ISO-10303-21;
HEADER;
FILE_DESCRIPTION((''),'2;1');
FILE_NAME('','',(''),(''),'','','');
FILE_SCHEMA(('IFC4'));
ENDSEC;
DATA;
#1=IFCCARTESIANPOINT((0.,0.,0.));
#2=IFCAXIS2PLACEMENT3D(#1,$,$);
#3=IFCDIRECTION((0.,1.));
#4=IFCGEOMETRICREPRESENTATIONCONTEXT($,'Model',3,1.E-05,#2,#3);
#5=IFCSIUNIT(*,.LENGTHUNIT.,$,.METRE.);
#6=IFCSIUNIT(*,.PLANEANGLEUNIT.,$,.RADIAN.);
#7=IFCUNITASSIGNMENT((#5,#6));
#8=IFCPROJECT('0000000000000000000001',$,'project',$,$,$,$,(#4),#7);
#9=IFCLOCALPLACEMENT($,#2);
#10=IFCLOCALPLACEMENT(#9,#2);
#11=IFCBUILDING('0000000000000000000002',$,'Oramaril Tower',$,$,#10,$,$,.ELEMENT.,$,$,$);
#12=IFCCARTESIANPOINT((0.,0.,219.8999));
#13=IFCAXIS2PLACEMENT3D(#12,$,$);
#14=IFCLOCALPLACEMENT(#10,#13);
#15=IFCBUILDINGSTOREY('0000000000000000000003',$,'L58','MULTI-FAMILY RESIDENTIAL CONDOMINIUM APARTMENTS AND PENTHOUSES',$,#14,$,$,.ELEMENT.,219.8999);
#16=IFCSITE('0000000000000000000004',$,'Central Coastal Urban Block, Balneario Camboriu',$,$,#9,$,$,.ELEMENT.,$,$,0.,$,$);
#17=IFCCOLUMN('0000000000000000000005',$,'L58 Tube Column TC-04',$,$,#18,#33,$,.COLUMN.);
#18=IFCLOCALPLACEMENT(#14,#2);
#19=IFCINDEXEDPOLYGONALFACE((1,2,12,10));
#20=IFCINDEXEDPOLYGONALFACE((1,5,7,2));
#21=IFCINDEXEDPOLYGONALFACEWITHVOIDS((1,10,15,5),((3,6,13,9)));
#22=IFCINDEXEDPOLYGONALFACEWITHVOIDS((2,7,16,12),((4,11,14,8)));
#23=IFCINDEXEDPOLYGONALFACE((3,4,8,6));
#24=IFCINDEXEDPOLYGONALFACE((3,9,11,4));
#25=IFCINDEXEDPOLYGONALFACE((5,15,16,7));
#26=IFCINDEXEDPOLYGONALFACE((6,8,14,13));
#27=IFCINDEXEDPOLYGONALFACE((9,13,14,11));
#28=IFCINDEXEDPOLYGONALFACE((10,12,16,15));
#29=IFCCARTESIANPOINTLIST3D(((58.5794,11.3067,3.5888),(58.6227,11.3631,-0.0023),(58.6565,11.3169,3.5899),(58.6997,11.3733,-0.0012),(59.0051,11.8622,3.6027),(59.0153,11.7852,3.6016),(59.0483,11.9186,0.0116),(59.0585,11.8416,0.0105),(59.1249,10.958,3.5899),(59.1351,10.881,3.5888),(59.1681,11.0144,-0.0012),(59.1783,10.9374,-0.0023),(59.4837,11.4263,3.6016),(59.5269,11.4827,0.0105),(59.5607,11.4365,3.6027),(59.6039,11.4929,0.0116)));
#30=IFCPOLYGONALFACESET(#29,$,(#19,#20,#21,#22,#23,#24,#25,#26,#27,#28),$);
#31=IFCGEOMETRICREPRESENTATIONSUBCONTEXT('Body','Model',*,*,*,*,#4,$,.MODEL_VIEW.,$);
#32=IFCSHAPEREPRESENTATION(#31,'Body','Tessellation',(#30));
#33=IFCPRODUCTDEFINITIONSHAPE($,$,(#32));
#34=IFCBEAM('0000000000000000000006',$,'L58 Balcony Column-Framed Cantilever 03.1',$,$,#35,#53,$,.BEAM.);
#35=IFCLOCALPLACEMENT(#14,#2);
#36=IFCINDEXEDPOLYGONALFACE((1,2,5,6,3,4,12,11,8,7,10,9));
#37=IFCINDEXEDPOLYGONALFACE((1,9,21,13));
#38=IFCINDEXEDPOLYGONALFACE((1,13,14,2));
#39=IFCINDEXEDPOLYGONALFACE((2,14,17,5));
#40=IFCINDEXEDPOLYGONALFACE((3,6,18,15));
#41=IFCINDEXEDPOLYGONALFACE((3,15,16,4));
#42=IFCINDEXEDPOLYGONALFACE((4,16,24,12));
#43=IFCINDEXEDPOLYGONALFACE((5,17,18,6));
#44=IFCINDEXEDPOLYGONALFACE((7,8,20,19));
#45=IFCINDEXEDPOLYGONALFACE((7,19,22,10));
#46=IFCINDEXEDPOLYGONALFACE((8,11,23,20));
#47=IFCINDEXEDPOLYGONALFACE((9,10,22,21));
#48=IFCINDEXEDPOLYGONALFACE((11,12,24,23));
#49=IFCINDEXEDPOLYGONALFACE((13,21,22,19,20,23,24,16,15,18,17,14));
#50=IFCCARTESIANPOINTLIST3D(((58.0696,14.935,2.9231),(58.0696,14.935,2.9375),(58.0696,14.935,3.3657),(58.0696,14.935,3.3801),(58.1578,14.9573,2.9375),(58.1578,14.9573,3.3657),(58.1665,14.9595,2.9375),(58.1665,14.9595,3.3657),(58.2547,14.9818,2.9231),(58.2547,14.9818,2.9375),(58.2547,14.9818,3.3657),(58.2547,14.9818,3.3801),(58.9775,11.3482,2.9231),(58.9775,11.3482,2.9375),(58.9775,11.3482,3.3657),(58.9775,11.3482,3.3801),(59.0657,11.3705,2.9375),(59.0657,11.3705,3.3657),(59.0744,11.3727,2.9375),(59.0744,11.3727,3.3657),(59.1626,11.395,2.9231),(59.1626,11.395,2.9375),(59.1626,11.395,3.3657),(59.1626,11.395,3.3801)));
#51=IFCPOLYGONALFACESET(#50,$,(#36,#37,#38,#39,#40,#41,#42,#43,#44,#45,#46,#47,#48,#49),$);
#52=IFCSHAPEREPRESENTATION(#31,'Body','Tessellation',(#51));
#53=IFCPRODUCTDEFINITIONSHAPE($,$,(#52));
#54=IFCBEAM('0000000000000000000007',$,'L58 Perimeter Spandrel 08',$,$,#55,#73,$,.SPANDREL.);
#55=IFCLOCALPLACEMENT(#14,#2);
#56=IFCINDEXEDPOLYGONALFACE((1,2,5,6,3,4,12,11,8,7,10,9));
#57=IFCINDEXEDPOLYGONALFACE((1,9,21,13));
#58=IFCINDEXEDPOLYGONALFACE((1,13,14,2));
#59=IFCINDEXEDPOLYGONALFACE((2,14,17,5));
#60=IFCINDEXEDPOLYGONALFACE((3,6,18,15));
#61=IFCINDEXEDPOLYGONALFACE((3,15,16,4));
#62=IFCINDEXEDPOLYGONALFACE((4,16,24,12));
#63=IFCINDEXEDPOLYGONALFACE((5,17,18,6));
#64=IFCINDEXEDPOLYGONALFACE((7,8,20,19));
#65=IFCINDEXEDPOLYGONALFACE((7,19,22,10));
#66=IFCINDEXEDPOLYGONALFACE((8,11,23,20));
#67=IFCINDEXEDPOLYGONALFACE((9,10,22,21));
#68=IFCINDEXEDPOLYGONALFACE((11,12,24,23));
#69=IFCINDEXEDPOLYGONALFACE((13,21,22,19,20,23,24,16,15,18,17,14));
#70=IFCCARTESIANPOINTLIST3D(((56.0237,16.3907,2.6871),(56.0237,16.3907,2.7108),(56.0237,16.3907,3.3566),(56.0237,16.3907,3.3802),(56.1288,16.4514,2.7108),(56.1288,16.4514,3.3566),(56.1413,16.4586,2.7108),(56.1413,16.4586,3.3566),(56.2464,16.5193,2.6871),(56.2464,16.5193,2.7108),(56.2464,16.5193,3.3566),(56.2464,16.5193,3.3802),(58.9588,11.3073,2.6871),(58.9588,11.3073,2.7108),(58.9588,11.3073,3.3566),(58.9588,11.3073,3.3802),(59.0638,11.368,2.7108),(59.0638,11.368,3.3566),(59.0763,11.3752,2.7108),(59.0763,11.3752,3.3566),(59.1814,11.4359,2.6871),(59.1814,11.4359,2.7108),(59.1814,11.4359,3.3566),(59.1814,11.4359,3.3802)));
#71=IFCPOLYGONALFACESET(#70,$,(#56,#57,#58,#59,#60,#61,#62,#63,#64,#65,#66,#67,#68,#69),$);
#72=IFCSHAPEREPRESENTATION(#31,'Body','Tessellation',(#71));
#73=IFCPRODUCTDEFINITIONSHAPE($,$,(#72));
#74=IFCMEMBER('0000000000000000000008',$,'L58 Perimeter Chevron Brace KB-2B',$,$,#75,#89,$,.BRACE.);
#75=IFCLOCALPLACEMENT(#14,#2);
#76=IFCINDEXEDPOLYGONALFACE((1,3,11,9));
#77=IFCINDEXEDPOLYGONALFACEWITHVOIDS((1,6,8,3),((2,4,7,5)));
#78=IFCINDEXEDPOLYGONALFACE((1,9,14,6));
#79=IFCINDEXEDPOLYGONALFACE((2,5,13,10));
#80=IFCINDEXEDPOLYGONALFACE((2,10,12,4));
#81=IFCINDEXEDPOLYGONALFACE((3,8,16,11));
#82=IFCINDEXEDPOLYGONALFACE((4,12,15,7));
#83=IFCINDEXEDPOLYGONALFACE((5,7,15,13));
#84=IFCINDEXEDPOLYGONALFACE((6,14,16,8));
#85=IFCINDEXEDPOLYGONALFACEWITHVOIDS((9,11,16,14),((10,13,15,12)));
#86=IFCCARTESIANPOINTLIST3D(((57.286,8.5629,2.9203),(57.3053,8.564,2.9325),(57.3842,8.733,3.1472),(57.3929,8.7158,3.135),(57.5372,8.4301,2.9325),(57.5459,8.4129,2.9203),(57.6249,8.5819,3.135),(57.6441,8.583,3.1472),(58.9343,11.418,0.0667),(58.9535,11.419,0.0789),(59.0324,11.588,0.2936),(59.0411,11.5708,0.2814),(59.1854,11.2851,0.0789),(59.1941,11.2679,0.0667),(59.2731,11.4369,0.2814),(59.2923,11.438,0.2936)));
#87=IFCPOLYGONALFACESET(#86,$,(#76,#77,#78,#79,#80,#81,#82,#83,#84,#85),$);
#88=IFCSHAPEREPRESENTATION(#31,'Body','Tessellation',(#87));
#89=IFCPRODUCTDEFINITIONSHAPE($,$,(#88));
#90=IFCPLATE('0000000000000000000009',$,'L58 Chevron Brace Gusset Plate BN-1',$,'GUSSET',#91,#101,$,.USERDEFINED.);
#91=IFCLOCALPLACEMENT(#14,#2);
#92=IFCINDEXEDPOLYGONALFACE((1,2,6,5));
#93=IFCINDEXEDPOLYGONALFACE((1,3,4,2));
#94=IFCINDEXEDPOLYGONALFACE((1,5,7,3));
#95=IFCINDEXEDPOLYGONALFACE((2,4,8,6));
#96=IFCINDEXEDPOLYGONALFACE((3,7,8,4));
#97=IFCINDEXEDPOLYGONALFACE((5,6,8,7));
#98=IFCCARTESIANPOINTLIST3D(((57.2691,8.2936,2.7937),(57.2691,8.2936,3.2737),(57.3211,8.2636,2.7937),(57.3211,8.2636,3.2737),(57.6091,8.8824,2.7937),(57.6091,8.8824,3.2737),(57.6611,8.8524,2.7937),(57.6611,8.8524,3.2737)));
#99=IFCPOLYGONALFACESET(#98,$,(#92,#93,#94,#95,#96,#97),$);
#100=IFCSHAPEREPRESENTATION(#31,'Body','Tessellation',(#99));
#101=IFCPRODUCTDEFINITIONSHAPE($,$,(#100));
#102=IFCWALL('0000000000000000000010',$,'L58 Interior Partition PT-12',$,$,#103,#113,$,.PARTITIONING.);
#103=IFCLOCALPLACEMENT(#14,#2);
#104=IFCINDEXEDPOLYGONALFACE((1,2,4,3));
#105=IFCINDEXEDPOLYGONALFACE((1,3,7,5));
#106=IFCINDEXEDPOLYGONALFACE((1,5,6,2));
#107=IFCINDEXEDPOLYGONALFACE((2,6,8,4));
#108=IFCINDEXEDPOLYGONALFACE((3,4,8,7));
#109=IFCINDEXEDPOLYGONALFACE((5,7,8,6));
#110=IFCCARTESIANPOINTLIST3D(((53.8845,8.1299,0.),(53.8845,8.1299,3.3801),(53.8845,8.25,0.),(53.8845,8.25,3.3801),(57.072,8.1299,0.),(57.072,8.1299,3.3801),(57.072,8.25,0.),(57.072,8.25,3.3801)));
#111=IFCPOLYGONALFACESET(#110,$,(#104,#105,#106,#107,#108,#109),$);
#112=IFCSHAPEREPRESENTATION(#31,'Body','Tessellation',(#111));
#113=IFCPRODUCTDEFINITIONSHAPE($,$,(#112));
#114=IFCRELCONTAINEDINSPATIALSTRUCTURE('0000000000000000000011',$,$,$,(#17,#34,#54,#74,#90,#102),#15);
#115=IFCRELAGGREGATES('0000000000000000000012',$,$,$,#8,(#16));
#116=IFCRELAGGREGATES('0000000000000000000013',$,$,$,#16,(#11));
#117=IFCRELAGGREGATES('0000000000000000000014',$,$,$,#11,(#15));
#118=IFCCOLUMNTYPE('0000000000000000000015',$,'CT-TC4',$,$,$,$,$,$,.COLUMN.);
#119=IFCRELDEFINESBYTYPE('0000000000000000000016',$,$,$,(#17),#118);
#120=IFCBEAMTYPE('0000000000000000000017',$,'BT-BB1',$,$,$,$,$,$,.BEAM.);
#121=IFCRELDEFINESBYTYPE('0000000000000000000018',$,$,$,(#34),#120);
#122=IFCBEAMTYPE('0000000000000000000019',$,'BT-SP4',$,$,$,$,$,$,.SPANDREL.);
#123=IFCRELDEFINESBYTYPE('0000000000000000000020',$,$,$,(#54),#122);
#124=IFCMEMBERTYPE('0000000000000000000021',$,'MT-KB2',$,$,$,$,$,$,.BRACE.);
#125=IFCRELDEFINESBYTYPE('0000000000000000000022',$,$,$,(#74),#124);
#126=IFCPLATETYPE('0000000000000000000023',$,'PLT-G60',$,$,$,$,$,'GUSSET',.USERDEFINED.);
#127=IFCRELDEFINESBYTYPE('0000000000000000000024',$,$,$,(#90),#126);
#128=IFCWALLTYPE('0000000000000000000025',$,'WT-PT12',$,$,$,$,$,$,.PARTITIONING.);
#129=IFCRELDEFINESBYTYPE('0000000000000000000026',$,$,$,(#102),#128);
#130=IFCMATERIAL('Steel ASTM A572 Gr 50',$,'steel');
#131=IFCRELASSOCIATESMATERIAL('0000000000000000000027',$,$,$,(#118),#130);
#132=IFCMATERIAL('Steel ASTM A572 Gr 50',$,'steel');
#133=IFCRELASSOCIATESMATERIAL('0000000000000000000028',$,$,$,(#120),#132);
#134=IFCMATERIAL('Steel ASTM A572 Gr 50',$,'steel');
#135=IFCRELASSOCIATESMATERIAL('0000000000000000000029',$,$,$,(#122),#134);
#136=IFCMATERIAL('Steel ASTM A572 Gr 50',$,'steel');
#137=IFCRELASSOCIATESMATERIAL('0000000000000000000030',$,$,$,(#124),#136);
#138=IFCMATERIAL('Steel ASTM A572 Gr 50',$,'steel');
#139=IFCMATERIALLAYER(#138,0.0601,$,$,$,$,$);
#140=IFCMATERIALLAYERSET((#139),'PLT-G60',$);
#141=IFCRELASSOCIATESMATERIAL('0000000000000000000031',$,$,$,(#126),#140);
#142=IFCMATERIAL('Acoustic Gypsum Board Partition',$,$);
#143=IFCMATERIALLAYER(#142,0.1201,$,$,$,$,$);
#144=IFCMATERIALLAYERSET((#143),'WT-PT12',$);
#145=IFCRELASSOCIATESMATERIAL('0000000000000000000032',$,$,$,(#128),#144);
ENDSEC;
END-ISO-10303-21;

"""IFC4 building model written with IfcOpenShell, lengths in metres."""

from ifc_helpers import new_model, si_unit, direction, frame, frame_2d, origin, origin_2d, place, context, subcontext, project, spatial, rectangle, hollow_rectangle, i_section, extrude, material, layer, layer_set, material_profile, profile_set, type_object, element, save


model = new_model("IFC4")

# Units and contexts
model_context = context("Model", 3, precision=1e-05, world=origin(), true_north=direction((0.0, 1.0)))
body_context = subcontext(model_context, "Body", "Model", "MODEL_VIEW")
ifc_project = project(units=[si_unit("LENGTHUNIT", "METRE"), si_unit("PLANEANGLEUNIT", "RADIAN")], contexts=[model_context])

# Site, building, storey
site_placement = place(None, origin())
site = spatial("IfcSite", under=ifc_project, at=site_placement, Name="Central Coastal Urban Block, Balneario Camboriu", CompositionType="ELEMENT", RefElevation=0.0)
building_placement = place(site_placement, origin())
building = spatial("IfcBuilding", under=site, at=building_placement, Name="Oramaril Tower", CompositionType="ELEMENT")
storey_placement = place(building_placement, frame((0.0, 0.0, 219.8999)))
storey = spatial("IfcBuildingStorey", under=building, at=storey_placement, Name="L58", Description="MULTI-FAMILY RESIDENTIAL CONDOMINIUM APARTMENTS AND PENTHOUSES", CompositionType="ELEMENT", Elevation=219.8999)

# Column
ifc_material_1 = material(Name="Steel ASTM A572 Gr 50", Category="steel")
ifc_material_profile_1 = material_profile(ifc_material_1, hollow_rectangle(XDim=0.7, YDim=0.7, WallThickness=0.0549, at=origin_2d()), Name="BOX700X700X55")
ifc_profile_set_1 = profile_set([ifc_material_profile_1], Name="Steel ASTM A572 Gr 50")
column_type = type_object("IfcColumnType", Name="CT-TC4", PredefinedType="COLUMN", material=ifc_profile_set_1)
column_placement = place(storey_placement, frame((59.1133, 11.428, 0.0046), z_axis=(-0.012031, -0.015702, 0.999804), x_axis=(0.793772, -0.608215, 0.0)))
element("IfcColumn", 1, at=column_placement, inside=storey, type_object=column_type, Name="L58 Tube Column TC-04", PredefinedType="COLUMN", context=body_context, shape_type="SweptSolid", body=[
    extrude(hollow_rectangle(XDim=0.7, YDim=0.7, WallThickness=0.0549, at=origin_2d()), origin(), (0.0, 0.0, 1.0), 3.5918),
])

# Beams
ifc_material_2 = material(Name="Steel ASTM A572 Gr 50", Category="steel")
ifc_material_profile_2 = material_profile(ifc_material_2, i_section(OverallWidth=0.1909, OverallDepth=0.457, WebThickness=0.009, FlangeThickness=0.0144, at=origin_2d()), Name="W18X50")
ifc_profile_set_2 = profile_set([ifc_material_profile_2], Name="Steel ASTM A572 Gr 50")
beam_type_1 = type_object("IfcBeamType", Name="BT-BB1", PredefinedType="BEAM", material=ifc_profile_set_2)
beam_1_placement = place(storey_placement, frame((59.0701, 11.3716, 3.1516), z_axis=(-0.245391, 0.969424, 0.0), x_axis=(-0.969424, -0.245391, 0.0)))
element("IfcBeam", 2, at=beam_1_placement, inside=storey, type_object=beam_type_1, Name="L58 Balcony Column-Framed Cantilever 03.1", PredefinedType="BEAM", context=body_context, shape_type="SweptSolid", body=[
    extrude(i_section(OverallWidth=0.1909, OverallDepth=0.457, WebThickness=0.009, FlangeThickness=0.0144, at=origin_2d()), origin(), (0.0, 0.0, 1.0), 3.7),
])
ifc_material_3 = material(Name="Steel ASTM A572 Gr 50", Category="steel")
ifc_material_profile_3 = material_profile(ifc_material_3, i_section(OverallWidth=0.2571, OverallDepth=0.6931, WebThickness=0.0144, FlangeThickness=0.0237, at=origin_2d()), Name="W27X114")
ifc_profile_set_3 = profile_set([ifc_material_profile_3], Name="Steel ASTM A572 Gr 50")
beam_type_2 = type_object("IfcBeamType", Name="BT-SP4", PredefinedType="SPANDREL", material=ifc_profile_set_3)
beam_2_placement = place(storey_placement, frame((59.0701, 11.3716, 3.0337), z_axis=(-0.500013, 0.866018, 0.0), x_axis=(-0.866018, -0.500013, 0.0)))
element("IfcBeam", 3, at=beam_2_placement, inside=storey, type_object=beam_type_2, Name="L58 Perimeter Spandrel 08", PredefinedType="SPANDREL", context=body_context, shape_type="SweptSolid", body=[
    extrude(i_section(OverallWidth=0.2571, OverallDepth=0.6931, WebThickness=0.0144, FlangeThickness=0.0237, at=origin_2d()), origin(), (0.0, 0.0, 1.0), 5.8699),
])

# Member
ifc_material_4 = material(Name="Steel ASTM A572 Gr 50", Category="steel")
ifc_material_profile_4 = material_profile(ifc_material_4, hollow_rectangle(XDim=0.3, YDim=0.3, WallThickness=0.0161, at=origin_2d()), Name="HSS300X300X16")
ifc_profile_set_4 = profile_set([ifc_material_profile_4], Name="Steel ASTM A572 Gr 50")
member_type = type_object("IfcMemberType", Name="MT-KB2", PredefinedType="BRACE", material=ifc_profile_set_4)
member_placement = place(storey_placement, frame((59.1133, 11.428, 0.1802), z_axis=(-0.378022, -0.654805, 0.654469), x_axis=(0.866043, -0.49997, 0.0)))
element("IfcMember", 4, at=member_placement, inside=storey, type_object=member_type, Name="L58 Perimeter Chevron Brace KB-2B", PredefinedType="BRACE", context=body_context, shape_type="SweptSolid", body=[
    extrude(hollow_rectangle(XDim=0.3, YDim=0.3, WallThickness=0.0161, at=origin_2d()), origin(), (0.0, 0.0, 1.0), 4.3601),
])

# Plate
ifc_material_5 = material(Name="Steel ASTM A572 Gr 50", Category="steel")
ifc_layer_1 = layer(ifc_material_5, 0.0601)
ifc_layer_set_1 = layer_set([ifc_layer_1], Name="PLT-G60")
plate_type = type_object("IfcPlateType", Name="PLT-G60", ElementType="GUSSET", PredefinedType="USERDEFINED", material=ifc_layer_set_1)
plate_placement = place(storey_placement, frame((57.4651, 8.573, 2.7937), z_axis=(0.0, 0.0, 1.0), x_axis=(0.499992, 0.86603, 0.0)))
element("IfcPlate", 5, at=plate_placement, inside=storey, type_object=plate_type, Name="L58 Chevron Brace Gusset Plate BN-1", ObjectType="GUSSET", PredefinedType="USERDEFINED", context=body_context, shape_type="SweptSolid", body=[
    extrude(rectangle(XDim=0.6799, YDim=0.0601, at=origin_2d()), origin(), (0.0, 0.0, 1.0), 0.48),
])

# Wall
ifc_material_6 = material(Name="Acoustic Gypsum Board Partition")
ifc_layer_2 = layer(ifc_material_6, 0.1201)
ifc_layer_set_2 = layer_set([ifc_layer_2], Name="WT-PT12")
wall_type_1 = type_object("IfcWallType", Name="WT-PT12", PredefinedType="PARTITIONING", material=ifc_layer_set_2)
wall_1_placement = place(storey_placement, frame((53.8845, 8.1899, 0.0), z_axis=(0.0, 0.0, 1.0), x_axis=(1.0, 0.0, 0.0)))
element("IfcWall", 6, at=wall_1_placement, inside=storey, type_object=wall_type_1, Name="L58 Interior Partition PT-12", PredefinedType="PARTITIONING", context=body_context, shape_type="SweptSolid", body=[
    extrude(rectangle(XDim=3.1875, YDim=0.1201, at=frame_2d((1.5938, 0.0))), origin(), (0.0, 0.0, 1.0), 3.3801),
])

save(model, "model.ifc")
